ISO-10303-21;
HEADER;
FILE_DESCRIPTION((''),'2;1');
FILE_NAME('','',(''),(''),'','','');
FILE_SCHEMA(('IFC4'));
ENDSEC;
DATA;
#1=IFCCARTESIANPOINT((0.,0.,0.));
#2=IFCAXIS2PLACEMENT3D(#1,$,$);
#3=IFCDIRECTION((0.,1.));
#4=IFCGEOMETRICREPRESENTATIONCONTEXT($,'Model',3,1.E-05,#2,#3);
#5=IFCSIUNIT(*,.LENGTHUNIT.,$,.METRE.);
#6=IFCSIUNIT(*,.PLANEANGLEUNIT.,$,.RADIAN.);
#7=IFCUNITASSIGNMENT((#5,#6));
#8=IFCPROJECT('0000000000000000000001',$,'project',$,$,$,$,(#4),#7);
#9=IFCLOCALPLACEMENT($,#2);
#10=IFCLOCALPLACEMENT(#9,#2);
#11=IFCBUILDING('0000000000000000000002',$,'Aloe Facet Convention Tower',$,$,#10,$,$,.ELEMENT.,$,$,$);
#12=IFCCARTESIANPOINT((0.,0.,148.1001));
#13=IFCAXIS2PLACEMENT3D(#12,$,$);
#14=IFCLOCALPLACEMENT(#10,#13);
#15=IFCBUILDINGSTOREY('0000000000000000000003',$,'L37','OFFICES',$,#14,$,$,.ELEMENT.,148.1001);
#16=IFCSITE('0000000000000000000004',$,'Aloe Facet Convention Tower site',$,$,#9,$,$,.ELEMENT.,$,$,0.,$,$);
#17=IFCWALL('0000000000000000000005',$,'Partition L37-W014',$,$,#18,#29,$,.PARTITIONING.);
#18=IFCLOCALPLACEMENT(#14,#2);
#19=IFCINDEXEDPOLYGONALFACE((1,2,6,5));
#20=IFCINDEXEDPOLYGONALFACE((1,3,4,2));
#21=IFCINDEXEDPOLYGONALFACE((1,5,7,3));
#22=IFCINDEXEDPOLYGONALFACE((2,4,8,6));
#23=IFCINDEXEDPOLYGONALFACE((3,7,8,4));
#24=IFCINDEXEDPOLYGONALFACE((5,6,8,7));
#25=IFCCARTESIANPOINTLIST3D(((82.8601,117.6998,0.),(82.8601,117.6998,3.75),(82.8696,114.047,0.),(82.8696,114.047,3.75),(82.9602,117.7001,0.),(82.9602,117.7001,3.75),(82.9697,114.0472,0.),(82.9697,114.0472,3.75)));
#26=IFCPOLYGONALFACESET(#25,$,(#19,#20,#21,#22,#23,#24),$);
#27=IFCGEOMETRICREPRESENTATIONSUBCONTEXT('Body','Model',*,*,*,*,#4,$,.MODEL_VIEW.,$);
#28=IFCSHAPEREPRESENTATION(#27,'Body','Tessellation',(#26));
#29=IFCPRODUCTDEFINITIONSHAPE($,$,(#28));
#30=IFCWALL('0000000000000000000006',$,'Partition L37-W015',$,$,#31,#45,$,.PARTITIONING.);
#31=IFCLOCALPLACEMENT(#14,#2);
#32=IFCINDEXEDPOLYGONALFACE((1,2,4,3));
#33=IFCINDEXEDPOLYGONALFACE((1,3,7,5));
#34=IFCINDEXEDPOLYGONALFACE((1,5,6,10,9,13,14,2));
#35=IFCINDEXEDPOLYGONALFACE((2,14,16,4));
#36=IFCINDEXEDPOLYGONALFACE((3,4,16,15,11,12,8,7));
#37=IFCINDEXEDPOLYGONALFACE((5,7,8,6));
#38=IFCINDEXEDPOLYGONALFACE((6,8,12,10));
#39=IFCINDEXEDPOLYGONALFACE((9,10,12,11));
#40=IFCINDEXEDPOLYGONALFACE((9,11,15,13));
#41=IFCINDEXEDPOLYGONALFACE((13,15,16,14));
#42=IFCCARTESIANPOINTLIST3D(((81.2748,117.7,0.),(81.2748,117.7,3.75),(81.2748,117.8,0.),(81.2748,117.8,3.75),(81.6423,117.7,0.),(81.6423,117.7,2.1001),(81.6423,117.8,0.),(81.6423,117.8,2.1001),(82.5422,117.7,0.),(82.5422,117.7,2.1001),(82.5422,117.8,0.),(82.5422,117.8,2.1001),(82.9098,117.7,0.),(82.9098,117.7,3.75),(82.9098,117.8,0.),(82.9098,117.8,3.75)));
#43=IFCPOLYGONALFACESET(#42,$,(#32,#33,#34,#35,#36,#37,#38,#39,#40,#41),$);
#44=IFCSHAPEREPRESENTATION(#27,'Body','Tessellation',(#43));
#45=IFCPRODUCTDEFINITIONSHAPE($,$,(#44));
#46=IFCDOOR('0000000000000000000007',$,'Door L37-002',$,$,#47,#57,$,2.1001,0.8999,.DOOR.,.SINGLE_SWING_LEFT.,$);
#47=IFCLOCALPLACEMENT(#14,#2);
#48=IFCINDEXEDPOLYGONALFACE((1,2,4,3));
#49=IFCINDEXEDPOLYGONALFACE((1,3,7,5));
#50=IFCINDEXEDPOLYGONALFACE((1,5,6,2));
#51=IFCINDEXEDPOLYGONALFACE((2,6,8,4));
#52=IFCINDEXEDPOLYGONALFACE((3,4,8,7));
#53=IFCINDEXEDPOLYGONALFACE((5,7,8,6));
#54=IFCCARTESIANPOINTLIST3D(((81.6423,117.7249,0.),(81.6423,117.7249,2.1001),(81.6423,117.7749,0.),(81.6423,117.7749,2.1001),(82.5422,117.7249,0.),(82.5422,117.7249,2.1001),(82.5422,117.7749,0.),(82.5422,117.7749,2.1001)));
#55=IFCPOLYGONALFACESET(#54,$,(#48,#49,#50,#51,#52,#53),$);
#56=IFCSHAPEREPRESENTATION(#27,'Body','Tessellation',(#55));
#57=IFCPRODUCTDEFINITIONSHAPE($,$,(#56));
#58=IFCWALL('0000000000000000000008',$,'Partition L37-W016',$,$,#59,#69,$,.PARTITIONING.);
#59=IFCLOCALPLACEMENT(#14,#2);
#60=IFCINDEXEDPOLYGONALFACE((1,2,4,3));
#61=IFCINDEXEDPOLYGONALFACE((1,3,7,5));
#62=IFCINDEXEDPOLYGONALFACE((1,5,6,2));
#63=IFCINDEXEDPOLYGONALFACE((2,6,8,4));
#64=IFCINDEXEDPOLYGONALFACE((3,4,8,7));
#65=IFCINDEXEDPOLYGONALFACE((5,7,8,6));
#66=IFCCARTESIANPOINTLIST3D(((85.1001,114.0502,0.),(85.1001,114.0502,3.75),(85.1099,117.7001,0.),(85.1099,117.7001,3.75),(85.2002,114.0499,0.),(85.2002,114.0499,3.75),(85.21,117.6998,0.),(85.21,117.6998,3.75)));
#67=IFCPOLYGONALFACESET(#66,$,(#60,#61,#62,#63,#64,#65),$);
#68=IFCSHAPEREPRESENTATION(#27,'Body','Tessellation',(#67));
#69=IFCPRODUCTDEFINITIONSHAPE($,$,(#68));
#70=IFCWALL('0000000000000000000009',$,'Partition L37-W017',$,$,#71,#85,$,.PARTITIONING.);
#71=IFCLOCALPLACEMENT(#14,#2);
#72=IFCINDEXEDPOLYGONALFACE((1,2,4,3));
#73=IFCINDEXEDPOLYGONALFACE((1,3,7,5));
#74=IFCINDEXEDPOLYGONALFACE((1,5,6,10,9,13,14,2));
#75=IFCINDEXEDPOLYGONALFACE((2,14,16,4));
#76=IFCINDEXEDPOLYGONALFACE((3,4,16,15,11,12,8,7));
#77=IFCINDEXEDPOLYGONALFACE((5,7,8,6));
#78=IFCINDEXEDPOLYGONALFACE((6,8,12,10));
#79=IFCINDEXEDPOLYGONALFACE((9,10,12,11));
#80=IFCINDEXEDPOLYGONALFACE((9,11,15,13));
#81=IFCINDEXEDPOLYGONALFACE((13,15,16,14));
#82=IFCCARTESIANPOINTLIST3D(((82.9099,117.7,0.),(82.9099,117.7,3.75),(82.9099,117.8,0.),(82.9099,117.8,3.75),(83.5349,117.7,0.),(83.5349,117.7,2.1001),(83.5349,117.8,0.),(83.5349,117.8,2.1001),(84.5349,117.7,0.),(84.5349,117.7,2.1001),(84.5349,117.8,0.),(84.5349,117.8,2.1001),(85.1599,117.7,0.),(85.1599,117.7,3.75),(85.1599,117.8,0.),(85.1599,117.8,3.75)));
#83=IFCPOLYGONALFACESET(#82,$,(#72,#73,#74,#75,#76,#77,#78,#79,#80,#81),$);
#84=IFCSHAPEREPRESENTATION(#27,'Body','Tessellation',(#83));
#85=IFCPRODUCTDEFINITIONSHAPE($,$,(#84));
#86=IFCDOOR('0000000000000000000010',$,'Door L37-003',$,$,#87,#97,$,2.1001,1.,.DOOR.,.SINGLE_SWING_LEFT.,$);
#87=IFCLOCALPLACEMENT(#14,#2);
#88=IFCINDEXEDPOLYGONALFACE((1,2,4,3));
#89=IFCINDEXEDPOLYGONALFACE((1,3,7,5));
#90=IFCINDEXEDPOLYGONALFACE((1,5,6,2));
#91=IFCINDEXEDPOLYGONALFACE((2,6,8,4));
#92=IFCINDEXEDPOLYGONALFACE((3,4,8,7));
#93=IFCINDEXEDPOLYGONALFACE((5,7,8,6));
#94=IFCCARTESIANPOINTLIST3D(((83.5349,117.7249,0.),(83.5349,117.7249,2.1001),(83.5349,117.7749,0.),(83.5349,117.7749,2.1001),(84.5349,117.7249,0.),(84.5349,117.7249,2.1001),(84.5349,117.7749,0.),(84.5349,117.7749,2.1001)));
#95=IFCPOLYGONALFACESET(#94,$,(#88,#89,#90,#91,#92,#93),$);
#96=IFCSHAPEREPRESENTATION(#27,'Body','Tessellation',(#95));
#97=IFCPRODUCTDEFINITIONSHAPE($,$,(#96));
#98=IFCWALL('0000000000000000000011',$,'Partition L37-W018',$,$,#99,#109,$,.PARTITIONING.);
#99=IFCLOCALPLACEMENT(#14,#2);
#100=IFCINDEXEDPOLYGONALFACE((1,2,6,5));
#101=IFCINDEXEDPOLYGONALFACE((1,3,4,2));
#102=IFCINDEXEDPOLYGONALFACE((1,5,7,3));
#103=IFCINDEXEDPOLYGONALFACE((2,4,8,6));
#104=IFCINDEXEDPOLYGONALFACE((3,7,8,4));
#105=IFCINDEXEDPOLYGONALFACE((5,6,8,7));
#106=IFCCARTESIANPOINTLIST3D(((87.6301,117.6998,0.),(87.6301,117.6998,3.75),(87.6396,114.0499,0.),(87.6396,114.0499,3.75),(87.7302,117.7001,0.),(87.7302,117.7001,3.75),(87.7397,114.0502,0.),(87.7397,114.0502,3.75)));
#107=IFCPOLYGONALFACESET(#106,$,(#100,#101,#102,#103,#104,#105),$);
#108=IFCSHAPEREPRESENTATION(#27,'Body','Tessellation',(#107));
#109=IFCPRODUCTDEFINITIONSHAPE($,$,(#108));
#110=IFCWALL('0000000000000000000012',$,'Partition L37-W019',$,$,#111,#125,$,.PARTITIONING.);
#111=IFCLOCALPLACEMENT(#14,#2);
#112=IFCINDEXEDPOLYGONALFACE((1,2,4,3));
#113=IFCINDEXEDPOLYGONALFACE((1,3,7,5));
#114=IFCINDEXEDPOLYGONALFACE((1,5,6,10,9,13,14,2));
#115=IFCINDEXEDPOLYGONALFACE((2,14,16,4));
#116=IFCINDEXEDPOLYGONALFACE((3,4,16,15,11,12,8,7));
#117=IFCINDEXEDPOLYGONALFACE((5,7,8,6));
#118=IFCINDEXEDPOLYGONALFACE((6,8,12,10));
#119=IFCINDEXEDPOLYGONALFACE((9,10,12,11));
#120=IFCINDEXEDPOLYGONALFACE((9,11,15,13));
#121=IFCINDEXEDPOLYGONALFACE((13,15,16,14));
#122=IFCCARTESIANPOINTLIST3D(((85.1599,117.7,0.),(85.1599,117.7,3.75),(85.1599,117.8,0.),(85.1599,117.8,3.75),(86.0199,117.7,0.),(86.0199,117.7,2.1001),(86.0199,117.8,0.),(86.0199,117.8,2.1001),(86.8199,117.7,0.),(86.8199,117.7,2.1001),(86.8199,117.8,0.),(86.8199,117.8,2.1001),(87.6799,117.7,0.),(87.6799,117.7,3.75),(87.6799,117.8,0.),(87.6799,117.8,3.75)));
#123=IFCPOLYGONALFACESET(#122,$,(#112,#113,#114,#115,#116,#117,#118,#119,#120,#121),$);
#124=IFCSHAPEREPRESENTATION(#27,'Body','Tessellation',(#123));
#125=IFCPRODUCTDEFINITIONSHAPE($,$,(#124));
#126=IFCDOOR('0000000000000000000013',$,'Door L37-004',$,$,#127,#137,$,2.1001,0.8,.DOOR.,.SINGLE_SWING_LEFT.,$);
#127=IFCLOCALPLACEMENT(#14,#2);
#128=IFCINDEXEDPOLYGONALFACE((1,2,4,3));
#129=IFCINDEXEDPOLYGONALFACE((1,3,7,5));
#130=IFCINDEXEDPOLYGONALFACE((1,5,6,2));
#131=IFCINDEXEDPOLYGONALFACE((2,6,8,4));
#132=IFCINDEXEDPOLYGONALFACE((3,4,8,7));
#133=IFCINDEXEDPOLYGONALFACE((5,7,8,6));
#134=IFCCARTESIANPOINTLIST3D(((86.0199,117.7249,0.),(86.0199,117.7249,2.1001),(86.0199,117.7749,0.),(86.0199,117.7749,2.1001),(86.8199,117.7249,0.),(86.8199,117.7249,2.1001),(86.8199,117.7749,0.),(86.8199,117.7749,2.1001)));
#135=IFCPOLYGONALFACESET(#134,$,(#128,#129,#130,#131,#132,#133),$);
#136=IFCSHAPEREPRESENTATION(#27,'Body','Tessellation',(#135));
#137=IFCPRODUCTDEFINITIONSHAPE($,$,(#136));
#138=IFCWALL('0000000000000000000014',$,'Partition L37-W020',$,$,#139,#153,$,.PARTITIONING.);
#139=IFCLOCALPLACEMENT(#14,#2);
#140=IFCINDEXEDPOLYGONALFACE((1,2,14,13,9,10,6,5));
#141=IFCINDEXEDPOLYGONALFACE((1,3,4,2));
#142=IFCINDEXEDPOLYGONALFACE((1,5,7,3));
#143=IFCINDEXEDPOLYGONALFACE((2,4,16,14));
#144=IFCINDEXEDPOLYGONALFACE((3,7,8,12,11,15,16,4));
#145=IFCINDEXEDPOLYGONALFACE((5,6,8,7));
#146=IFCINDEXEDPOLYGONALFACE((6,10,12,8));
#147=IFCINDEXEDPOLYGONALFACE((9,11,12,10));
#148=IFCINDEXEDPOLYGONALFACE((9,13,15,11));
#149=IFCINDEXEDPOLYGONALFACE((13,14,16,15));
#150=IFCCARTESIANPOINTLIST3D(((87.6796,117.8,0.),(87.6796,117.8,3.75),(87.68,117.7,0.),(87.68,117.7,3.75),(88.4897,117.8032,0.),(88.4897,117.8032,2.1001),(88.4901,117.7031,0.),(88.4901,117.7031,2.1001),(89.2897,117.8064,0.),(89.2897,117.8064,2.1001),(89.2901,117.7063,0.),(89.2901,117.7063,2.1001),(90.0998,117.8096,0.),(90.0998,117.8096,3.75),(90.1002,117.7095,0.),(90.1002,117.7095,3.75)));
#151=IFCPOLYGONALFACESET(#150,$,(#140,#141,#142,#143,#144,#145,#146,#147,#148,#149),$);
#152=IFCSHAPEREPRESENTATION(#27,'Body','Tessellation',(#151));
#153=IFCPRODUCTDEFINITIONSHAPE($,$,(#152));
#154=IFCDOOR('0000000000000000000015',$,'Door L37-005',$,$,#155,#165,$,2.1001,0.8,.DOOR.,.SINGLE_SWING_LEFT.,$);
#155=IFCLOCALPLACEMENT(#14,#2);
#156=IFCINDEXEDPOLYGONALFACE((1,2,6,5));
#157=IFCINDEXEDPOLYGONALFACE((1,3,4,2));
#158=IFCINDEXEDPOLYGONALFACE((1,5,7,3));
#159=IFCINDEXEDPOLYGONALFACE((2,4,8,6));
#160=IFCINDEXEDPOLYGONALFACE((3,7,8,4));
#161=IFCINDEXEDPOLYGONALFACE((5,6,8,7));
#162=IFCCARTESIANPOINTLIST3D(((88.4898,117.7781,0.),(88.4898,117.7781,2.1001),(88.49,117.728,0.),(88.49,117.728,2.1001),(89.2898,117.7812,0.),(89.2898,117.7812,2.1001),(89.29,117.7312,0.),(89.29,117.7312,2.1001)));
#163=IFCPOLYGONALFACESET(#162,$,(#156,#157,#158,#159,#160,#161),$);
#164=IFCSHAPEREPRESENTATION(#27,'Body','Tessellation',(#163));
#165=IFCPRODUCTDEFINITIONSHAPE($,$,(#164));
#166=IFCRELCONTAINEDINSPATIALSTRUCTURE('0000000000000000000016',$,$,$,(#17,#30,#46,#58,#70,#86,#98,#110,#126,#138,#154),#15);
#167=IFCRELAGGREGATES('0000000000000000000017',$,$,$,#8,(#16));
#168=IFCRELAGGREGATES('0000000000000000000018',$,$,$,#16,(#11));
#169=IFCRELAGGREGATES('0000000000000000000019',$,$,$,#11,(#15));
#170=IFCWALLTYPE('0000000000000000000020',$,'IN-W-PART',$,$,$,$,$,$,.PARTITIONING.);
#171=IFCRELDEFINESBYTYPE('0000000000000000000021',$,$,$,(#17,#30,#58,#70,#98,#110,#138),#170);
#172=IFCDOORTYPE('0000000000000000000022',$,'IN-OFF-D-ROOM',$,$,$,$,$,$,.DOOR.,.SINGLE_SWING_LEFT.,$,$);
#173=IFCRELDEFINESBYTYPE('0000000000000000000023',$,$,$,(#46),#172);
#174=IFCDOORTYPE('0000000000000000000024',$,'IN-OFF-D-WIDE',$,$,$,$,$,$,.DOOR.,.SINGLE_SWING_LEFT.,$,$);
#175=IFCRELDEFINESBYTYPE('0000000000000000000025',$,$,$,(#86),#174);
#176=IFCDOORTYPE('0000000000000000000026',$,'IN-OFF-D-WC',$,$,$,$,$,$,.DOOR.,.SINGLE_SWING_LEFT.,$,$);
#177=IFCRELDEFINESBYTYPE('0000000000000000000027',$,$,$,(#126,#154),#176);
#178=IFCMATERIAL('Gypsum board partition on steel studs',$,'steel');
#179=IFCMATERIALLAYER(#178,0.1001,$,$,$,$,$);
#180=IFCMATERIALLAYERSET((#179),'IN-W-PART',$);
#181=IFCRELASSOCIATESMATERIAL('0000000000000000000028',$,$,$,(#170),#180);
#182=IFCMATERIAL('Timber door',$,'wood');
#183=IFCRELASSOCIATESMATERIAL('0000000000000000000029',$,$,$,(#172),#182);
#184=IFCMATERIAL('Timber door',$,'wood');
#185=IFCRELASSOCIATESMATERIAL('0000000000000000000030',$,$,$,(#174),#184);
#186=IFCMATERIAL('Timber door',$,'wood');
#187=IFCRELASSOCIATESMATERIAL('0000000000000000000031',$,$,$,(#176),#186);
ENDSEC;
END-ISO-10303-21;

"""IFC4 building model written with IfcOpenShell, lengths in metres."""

from ifc_helpers import new_model, si_unit, direction, frame, frame_2d, origin, place, context, subcontext, project, spatial, rectangle, extrude, material, layer, layer_set, type_object, element, fill, save


model = new_model("IFC4")

# Units and contexts
model_context = context("Model", 3, precision=1e-05, world=origin(), true_north=direction((0.0, 1.0)))
body_context = subcontext(model_context, "Body", "Model", "MODEL_VIEW")
ifc_project = project(units=[si_unit("LENGTHUNIT", "METRE"), si_unit("PLANEANGLEUNIT", "RADIAN")], contexts=[model_context])

# Site, building, storey
site_placement = place(None, origin())
site = spatial("IfcSite", under=ifc_project, at=site_placement, Name="Aloe Facet Convention Tower site", CompositionType="ELEMENT", RefElevation=0.0)
building_placement = place(site_placement, origin())
building = spatial("IfcBuilding", under=site, at=building_placement, Name="Aloe Facet Convention Tower", CompositionType="ELEMENT")
storey_placement = place(building_placement, frame((0.0, 0.0, 148.1001)))
storey = spatial("IfcBuildingStorey", under=building, at=storey_placement, Name="L37", Description="OFFICES", CompositionType="ELEMENT", Elevation=148.1001)

# Wall
ifc_material_1 = material(Name="Gypsum board partition on steel studs", Category="steel")
ifc_layer_1 = layer(ifc_material_1, 0.1001)
ifc_layer_set_1 = layer_set([ifc_layer_1], Name="IN-W-PART")
wall_type_1 = type_object("IfcWallType", Name="IN-W-PART", PredefinedType="PARTITIONING", material=ifc_layer_set_1)
wall_1_placement = place(storey_placement, frame((82.9197, 114.0471, 0.0), z_axis=(0.0, 0.0, 1.0), x_axis=(-0.002607, 0.999997, 0.0)))
element("IfcWall", 1, at=wall_1_placement, inside=storey, type_object=wall_type_1, Name="Partition L37-W014", PredefinedType="PARTITIONING", context=body_context, shape_type="SweptSolid", body=[
    extrude(rectangle(XDim=3.6528, YDim=0.1001, at=frame_2d((1.8264, 0.0))), origin(), (0.0, 0.0, 1.0), 3.75),
])

# Wall, opening, door
wall_2_placement = place(storey_placement, frame((81.2749, 117.75, 0.0), z_axis=(0.0, 0.0, 1.0), x_axis=(1.0, 0.0, 0.0)))
wall_2 = element("IfcWall", 2, at=wall_2_placement, inside=storey, type_object=wall_type_1, Name="Partition L37-W015", PredefinedType="PARTITIONING", context=body_context, shape_type="SweptSolid", body=[
    extrude(rectangle(XDim=1.635, YDim=0.1001, at=frame_2d((0.8174, 0.0))), origin(), (0.0, 0.0, 1.0), 3.75),
])
opening_1_placement = place(wall_2_placement, frame((0.3674, 0.0, 0.0)))
opening_1 = element("IfcOpeningElement", 3, at=opening_1_placement, cuts=wall_2, PredefinedType="OPENING", context=body_context, shape_type="SweptSolid", body=[
    extrude(rectangle(XDim=0.8999, YDim=2.1001, at=frame_2d((0.45, 1.05))), frame((0.0, 0.0601, 0.0), z_axis=(0.0, -1.0, 0.0), x_axis=(1.0, 0.0, 0.0)), (0.0, 0.0, 1.0), 0.1201),
])
ifc_material_2 = material(Name="Timber door", Category="wood")
door_type_1 = type_object("IfcDoorType", Name="IN-OFF-D-ROOM", OperationType="SINGLE_SWING_LEFT", PredefinedType="DOOR", material=ifc_material_2)
door_1_placement = place(opening_1_placement, origin())
door_1 = element("IfcDoor", 4, at=door_1_placement, inside=storey, type_object=door_type_1, Name="Door L37-002", OperationType="SINGLE_SWING_LEFT", OverallHeight=2.1001, OverallWidth=0.8999, PredefinedType="DOOR", context=body_context, shape_type="SweptSolid", body=[
    extrude(rectangle(XDim=0.8999, YDim=2.1001, at=frame_2d((0.45, 1.05))), frame((0.0, 0.0249, 0.0), z_axis=(0.0, -1.0, 0.0), x_axis=(1.0, 0.0, 0.0)), (0.0, 0.0, 1.0), 0.05),
])
fill(opening_1, door_1)

# Wall
wall_3_placement = place(storey_placement, frame((85.1501, 114.05, 0.0), z_axis=(0.0, 0.0, 1.0), x_axis=(0.002676, 0.999996, 0.0)))
element("IfcWall", 5, at=wall_3_placement, inside=storey, type_object=wall_type_1, Name="Partition L37-W016", PredefinedType="PARTITIONING", context=body_context, shape_type="SweptSolid", body=[
    extrude(rectangle(XDim=3.6499, YDim=0.1001, at=frame_2d((1.825, 0.0))), origin(), (0.0, 0.0, 1.0), 3.75),
])

# Wall, opening, door
wall_4_placement = place(storey_placement, frame((82.9099, 117.75, 0.0), z_axis=(0.0, 0.0, 1.0), x_axis=(1.0, 0.0, 0.0)))
wall_4 = element("IfcWall", 6, at=wall_4_placement, inside=storey, type_object=wall_type_1, Name="Partition L37-W017", PredefinedType="PARTITIONING", context=body_context, shape_type="SweptSolid", body=[
    extrude(rectangle(XDim=2.25, YDim=0.1001, at=frame_2d((1.125, 0.0))), origin(), (0.0, 0.0, 1.0), 3.75),
])
opening_2_placement = place(wall_4_placement, frame((0.625, 0.0, 0.0)))
opening_2 = element("IfcOpeningElement", 7, at=opening_2_placement, cuts=wall_4, PredefinedType="OPENING", context=body_context, shape_type="SweptSolid", body=[
    extrude(rectangle(XDim=1.0, YDim=2.1001, at=frame_2d((0.5, 1.05))), frame((0.0, 0.0601, 0.0), z_axis=(0.0, -1.0, 0.0), x_axis=(1.0, 0.0, 0.0)), (0.0, 0.0, 1.0), 0.1201),
])
ifc_material_3 = material(Name="Timber door", Category="wood")
door_type_2 = type_object("IfcDoorType", Name="IN-OFF-D-WIDE", OperationType="SINGLE_SWING_LEFT", PredefinedType="DOOR", material=ifc_material_3)
door_2_placement = place(opening_2_placement, origin())
door_2 = element("IfcDoor", 8, at=door_2_placement, inside=storey, type_object=door_type_2, Name="Door L37-003", OperationType="SINGLE_SWING_LEFT", OverallHeight=2.1001, OverallWidth=1.0, PredefinedType="DOOR", context=body_context, shape_type="SweptSolid", body=[
    extrude(rectangle(XDim=1.0, YDim=2.1001, at=frame_2d((0.5, 1.05))), frame((0.0, 0.0249, 0.0), z_axis=(0.0, -1.0, 0.0), x_axis=(1.0, 0.0, 0.0)), (0.0, 0.0, 1.0), 0.05),
])
fill(opening_2, door_2)

# Wall
wall_5_placement = place(storey_placement, frame((87.6897, 114.05, 0.0), z_axis=(0.0, 0.0, 1.0), x_axis=(-0.002609, 0.999997, 0.0)))
element("IfcWall", 9, at=wall_5_placement, inside=storey, type_object=wall_type_1, Name="Partition L37-W018", PredefinedType="PARTITIONING", context=body_context, shape_type="SweptSolid", body=[
    extrude(rectangle(XDim=3.6499, YDim=0.1001, at=frame_2d((1.825, 0.0))), origin(), (0.0, 0.0, 1.0), 3.75),
])

# Walls, openings, doors
wall_6_placement = place(storey_placement, frame((85.1599, 117.75, 0.0), z_axis=(0.0, 0.0, 1.0), x_axis=(1.0, 0.0, 0.0)))
wall_6 = element("IfcWall", 10, at=wall_6_placement, inside=storey, type_object=wall_type_1, Name="Partition L37-W019", PredefinedType="PARTITIONING", context=body_context, shape_type="SweptSolid", body=[
    extrude(rectangle(XDim=2.52, YDim=0.1001, at=frame_2d((1.26, 0.0))), origin(), (0.0, 0.0, 1.0), 3.75),
])
opening_3_placement = place(wall_6_placement, frame((0.8601, 0.0, 0.0)))
opening_3 = element("IfcOpeningElement", 11, at=opening_3_placement, cuts=wall_6, PredefinedType="OPENING", context=body_context, shape_type="SweptSolid", body=[
    extrude(rectangle(XDim=0.8, YDim=2.1001, at=frame_2d((0.3999, 1.05))), frame((0.0, 0.0601, 0.0), z_axis=(0.0, -1.0, 0.0), x_axis=(1.0, 0.0, 0.0)), (0.0, 0.0, 1.0), 0.1201),
])
ifc_material_4 = material(Name="Timber door", Category="wood")
door_type_3 = type_object("IfcDoorType", Name="IN-OFF-D-WC", OperationType="SINGLE_SWING_LEFT", PredefinedType="DOOR", material=ifc_material_4)
door_3_placement = place(opening_3_placement, origin())
door_3 = element("IfcDoor", 12, at=door_3_placement, inside=storey, type_object=door_type_3, Name="Door L37-004", OperationType="SINGLE_SWING_LEFT", OverallHeight=2.1001, OverallWidth=0.8, PredefinedType="DOOR", context=body_context, shape_type="SweptSolid", body=[
    extrude(rectangle(XDim=0.8, YDim=2.1001, at=frame_2d((0.3999, 1.05))), frame((0.0, 0.0249, 0.0), z_axis=(0.0, -1.0, 0.0), x_axis=(1.0, 0.0, 0.0)), (0.0, 0.0, 1.0), 0.05),
])
fill(opening_3, door_3)
wall_7_placement = place(storey_placement, frame((87.6799, 117.75, 0.0), z_axis=(0.0, 0.0, 1.0), x_axis=(0.999992, 0.003934, 0.0)))
wall_7 = element("IfcWall", 13, at=wall_7_placement, inside=storey, type_object=wall_type_1, Name="Partition L37-W020", PredefinedType="PARTITIONING", context=body_context, shape_type="SweptSolid", body=[
    extrude(rectangle(XDim=2.4202, YDim=0.1001, at=frame_2d((1.21, 0.0))), origin(), (0.0, 0.0, 1.0), 3.75),
])
opening_4_placement = place(wall_7_placement, frame((0.8101, 0.0, 0.0)))
opening_4 = element("IfcOpeningElement", 14, at=opening_4_placement, cuts=wall_7, PredefinedType="OPENING", context=body_context, shape_type="SweptSolid", body=[
    extrude(rectangle(XDim=0.8, YDim=2.1001, at=frame_2d((0.3999, 1.05))), frame((0.0, 0.0601, 0.0), z_axis=(0.0, -1.0, 0.0), x_axis=(1.0, 0.0, 0.0)), (0.0, 0.0, 1.0), 0.1201),
])
door_4_placement = place(opening_4_placement, origin())
door_4 = element("IfcDoor", 15, at=door_4_placement, inside=storey, type_object=door_type_3, Name="Door L37-005", OperationType="SINGLE_SWING_LEFT", OverallHeight=2.1001, OverallWidth=0.8, PredefinedType="DOOR", context=body_context, shape_type="SweptSolid", body=[
    extrude(rectangle(XDim=0.8, YDim=2.1001, at=frame_2d((0.3999, 1.05))), frame((0.0, 0.0249, 0.0), z_axis=(0.0, -1.0, 0.0), x_axis=(1.0, 0.0, 0.0)), (0.0, 0.0, 1.0), 0.05),
])
fill(opening_4, door_4)

save(model, "model.ifc")
